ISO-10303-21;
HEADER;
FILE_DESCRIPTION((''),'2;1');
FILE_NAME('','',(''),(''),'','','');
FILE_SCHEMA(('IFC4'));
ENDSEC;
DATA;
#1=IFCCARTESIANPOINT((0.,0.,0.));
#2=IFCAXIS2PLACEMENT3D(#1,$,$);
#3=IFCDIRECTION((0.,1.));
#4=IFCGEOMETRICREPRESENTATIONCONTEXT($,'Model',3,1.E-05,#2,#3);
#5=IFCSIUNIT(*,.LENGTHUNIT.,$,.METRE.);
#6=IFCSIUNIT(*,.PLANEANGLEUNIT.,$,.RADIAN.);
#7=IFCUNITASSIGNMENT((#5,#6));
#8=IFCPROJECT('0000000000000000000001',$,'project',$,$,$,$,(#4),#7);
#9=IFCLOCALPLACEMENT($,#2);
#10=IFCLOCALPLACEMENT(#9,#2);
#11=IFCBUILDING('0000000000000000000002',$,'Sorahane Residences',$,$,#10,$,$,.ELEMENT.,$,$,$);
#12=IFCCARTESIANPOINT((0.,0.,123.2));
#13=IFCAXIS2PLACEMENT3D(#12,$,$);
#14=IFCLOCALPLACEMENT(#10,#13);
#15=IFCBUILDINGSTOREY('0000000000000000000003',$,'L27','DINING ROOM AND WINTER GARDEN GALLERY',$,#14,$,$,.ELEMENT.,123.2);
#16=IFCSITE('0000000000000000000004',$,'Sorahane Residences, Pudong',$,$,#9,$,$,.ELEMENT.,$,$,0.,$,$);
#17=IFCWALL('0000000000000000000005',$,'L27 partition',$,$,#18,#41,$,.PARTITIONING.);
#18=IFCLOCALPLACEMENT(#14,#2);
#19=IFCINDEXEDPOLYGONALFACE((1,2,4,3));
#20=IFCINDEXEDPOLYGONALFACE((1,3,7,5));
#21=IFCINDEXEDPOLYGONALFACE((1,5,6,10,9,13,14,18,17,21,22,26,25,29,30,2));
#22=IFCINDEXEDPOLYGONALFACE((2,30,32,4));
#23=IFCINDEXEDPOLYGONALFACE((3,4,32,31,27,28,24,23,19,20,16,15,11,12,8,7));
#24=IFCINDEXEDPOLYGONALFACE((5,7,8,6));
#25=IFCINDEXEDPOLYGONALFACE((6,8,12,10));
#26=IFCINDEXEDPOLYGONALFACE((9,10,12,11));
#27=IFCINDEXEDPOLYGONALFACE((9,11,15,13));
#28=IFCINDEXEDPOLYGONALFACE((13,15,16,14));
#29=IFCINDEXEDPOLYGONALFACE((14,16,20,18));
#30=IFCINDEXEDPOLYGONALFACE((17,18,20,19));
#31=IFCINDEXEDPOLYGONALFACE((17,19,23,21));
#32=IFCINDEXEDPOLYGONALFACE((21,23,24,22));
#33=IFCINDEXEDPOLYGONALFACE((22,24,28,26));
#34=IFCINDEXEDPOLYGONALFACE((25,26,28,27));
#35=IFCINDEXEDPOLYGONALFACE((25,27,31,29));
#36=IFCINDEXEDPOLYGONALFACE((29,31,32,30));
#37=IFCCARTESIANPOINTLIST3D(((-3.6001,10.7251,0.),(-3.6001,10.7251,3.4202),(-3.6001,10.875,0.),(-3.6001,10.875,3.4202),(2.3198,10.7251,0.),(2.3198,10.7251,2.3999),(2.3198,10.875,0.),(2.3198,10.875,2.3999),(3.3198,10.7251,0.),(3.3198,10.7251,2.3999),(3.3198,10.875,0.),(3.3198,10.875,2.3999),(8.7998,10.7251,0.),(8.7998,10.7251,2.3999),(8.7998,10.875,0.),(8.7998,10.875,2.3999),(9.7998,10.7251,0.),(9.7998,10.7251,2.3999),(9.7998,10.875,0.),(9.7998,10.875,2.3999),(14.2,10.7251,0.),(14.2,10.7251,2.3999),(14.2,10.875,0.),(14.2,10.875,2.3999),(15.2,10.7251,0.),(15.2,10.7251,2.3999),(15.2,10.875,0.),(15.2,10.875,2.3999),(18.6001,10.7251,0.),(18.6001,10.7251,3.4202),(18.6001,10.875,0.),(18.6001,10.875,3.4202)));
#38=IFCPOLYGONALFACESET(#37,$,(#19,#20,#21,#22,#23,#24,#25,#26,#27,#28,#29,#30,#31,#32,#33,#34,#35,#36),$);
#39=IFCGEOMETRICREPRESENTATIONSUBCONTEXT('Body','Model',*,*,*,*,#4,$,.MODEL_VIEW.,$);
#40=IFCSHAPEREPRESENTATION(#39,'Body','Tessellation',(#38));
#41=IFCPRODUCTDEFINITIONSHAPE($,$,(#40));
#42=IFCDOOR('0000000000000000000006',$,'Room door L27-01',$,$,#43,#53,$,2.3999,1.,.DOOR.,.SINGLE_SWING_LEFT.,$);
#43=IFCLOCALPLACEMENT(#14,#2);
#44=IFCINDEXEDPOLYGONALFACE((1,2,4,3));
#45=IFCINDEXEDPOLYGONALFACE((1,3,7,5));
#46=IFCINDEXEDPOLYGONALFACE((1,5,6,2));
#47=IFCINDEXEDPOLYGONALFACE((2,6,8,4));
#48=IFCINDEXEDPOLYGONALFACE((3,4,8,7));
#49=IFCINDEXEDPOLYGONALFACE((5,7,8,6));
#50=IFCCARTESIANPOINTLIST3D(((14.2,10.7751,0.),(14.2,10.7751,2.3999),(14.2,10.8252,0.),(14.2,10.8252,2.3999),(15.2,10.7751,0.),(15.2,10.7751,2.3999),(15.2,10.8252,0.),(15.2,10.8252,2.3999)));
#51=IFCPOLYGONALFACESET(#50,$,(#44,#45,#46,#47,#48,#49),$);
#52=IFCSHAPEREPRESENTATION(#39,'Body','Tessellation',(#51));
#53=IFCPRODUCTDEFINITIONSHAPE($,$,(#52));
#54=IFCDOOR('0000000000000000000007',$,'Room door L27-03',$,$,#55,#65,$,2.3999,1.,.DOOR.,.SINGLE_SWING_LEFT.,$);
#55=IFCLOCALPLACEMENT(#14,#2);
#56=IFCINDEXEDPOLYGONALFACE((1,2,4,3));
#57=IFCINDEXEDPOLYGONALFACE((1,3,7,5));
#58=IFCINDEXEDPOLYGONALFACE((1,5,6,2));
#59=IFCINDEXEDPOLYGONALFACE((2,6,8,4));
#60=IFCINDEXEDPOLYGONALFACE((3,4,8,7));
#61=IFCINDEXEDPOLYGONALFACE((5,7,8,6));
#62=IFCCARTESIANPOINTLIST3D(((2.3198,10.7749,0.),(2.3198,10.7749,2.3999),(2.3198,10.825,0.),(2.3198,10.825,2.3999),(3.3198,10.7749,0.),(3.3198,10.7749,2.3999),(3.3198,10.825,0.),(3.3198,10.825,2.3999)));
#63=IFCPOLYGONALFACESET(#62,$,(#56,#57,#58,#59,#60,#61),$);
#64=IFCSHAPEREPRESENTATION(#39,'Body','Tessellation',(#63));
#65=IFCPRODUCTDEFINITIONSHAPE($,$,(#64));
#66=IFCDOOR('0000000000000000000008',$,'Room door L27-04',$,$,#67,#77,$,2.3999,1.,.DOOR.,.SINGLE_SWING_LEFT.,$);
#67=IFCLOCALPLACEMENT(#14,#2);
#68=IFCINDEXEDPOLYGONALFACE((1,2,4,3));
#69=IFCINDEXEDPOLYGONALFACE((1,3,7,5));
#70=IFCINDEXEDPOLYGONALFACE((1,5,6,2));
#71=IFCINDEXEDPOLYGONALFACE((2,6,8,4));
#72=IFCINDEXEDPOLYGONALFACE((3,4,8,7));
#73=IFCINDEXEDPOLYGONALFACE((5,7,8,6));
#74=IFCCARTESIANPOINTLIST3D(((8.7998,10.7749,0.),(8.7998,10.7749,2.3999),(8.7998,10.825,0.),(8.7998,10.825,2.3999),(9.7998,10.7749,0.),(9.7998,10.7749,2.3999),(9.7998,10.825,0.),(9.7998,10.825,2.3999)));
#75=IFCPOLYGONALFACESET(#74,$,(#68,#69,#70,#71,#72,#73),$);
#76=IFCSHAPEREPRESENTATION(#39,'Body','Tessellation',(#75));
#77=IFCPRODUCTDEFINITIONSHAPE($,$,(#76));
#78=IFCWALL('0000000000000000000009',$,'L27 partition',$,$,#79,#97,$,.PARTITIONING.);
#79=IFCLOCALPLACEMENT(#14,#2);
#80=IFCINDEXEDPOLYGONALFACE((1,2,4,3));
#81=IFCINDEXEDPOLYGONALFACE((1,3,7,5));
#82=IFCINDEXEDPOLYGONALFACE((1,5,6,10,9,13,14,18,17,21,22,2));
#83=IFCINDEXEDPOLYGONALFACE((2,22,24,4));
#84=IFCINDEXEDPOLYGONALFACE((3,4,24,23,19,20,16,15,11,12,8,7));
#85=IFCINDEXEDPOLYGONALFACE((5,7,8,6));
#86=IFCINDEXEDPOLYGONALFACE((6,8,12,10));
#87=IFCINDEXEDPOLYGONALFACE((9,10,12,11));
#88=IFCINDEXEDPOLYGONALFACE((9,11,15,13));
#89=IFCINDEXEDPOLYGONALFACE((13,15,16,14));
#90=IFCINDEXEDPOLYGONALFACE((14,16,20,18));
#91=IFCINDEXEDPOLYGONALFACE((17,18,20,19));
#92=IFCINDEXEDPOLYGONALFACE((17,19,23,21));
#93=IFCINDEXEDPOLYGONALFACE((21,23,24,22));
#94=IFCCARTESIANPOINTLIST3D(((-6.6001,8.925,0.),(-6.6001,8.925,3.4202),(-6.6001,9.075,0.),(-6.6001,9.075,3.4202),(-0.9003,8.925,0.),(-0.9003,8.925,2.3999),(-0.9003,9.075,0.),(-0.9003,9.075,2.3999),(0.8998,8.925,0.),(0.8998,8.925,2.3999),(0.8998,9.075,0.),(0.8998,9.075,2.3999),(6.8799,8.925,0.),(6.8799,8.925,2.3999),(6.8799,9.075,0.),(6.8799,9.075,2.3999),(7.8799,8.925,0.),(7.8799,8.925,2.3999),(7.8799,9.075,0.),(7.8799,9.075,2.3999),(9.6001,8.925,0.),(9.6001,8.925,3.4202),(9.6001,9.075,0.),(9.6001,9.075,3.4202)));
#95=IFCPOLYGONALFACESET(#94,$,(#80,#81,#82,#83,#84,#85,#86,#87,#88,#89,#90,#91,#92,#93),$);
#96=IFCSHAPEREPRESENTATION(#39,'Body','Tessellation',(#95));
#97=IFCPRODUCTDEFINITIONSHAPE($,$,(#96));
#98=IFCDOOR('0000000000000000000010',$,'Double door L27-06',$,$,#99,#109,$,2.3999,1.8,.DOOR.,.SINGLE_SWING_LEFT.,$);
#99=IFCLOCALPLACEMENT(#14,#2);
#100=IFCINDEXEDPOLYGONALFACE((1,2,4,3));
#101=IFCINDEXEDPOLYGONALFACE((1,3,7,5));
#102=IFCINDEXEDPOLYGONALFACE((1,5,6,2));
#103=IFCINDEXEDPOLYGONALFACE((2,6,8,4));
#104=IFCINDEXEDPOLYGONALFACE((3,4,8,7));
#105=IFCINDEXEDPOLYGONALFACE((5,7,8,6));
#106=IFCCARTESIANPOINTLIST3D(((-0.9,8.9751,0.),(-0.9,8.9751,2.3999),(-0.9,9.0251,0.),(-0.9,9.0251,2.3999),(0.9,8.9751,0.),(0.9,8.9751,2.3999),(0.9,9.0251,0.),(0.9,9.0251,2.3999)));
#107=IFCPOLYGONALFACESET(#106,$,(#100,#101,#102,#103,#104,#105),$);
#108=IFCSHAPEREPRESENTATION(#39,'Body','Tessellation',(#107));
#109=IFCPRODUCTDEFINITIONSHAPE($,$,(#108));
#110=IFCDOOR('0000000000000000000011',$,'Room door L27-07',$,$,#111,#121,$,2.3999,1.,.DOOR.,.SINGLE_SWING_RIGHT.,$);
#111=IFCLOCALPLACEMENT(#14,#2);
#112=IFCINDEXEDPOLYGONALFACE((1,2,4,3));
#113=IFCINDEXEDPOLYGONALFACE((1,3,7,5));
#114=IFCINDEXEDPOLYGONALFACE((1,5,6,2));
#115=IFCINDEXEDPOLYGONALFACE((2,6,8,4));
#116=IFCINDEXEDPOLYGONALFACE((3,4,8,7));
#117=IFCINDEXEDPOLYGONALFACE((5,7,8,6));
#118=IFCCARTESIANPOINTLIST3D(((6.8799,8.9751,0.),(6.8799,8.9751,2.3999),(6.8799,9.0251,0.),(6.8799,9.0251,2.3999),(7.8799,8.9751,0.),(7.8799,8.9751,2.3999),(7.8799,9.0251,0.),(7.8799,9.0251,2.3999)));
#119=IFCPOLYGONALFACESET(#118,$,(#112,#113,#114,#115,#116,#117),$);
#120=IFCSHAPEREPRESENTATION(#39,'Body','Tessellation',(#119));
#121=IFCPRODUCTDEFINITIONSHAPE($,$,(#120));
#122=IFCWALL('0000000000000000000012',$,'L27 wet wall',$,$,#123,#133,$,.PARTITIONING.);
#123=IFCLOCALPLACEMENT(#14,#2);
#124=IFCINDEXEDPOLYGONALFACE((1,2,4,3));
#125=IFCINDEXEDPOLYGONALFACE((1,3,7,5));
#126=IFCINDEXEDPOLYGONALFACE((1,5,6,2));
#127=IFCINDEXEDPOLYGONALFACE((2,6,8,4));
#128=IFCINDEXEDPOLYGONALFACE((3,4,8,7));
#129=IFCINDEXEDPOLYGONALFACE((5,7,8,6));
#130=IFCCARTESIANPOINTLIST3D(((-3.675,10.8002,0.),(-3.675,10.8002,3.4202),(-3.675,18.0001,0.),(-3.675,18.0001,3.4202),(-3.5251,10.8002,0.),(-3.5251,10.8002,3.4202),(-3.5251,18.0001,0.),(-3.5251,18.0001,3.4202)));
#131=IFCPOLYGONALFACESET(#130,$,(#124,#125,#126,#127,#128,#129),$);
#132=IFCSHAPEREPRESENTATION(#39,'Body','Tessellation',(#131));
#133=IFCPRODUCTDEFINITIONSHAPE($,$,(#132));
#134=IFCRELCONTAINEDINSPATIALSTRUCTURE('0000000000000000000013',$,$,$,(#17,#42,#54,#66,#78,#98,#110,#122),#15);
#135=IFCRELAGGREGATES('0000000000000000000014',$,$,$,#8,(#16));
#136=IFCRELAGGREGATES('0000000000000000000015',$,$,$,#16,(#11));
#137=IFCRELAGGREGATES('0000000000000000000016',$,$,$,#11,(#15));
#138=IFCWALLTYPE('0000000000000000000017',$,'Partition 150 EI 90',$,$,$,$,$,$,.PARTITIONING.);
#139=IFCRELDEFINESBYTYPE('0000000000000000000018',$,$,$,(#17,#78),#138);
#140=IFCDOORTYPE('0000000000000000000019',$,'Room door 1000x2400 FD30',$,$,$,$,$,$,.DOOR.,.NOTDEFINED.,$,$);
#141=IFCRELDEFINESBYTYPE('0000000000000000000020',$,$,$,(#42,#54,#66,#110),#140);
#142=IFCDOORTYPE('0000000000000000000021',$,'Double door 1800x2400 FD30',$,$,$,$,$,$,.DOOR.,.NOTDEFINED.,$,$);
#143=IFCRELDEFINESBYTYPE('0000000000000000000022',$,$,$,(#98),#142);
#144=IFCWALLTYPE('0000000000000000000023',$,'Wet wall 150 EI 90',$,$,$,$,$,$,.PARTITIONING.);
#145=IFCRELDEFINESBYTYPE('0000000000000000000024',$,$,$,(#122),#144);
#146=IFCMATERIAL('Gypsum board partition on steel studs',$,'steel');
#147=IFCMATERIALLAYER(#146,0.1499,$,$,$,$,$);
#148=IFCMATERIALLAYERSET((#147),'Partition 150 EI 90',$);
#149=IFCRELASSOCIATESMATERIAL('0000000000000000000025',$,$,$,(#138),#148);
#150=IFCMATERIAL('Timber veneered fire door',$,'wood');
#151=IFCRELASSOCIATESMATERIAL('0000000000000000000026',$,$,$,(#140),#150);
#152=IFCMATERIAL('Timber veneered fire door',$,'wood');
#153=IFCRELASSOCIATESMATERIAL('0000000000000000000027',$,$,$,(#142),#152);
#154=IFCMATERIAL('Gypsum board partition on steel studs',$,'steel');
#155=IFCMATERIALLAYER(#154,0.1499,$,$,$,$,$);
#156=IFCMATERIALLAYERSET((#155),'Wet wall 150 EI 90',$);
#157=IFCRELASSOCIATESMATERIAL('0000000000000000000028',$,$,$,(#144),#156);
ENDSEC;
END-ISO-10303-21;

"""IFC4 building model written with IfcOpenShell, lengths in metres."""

from ifc_helpers import new_model, si_unit, direction, frame, frame_2d, origin, place, context, subcontext, project, spatial, rectangle, extrude, material, layer, layer_set, type_object, element, fill, save


model = new_model("IFC4")

# Units and contexts
model_context = context("Model", 3, precision=1e-05, world=origin(), true_north=direction((0.0, 1.0)))
body_context = subcontext(model_context, "Body", "Model", "MODEL_VIEW")
ifc_project = project(units=[si_unit("LENGTHUNIT", "METRE"), si_unit("PLANEANGLEUNIT", "RADIAN")], contexts=[model_context])

# Site, building, storey
site_placement = place(None, origin())
site = spatial("IfcSite", under=ifc_project, at=site_placement, Name="Sorahane Residences, Pudong", CompositionType="ELEMENT", RefElevation=0.0)
building_placement = place(site_placement, origin())
building = spatial("IfcBuilding", under=site, at=building_placement, Name="Sorahane Residences", CompositionType="ELEMENT")
storey_placement = place(building_placement, frame((0.0, 0.0, 123.2)))
storey = spatial("IfcBuildingStorey", under=building, at=storey_placement, Name="L27", Description="DINING ROOM AND WINTER GARDEN GALLERY", CompositionType="ELEMENT", Elevation=123.2)

# Shared definitions
ifc_material_1 = material(Name="Gypsum board partition on steel studs", Category="steel")
ifc_layer_1 = layer(ifc_material_1, 0.1499)
ifc_layer_set_1 = layer_set([ifc_layer_1], Name="Partition 150 EI 90")
wall_type_1 = type_object("IfcWallType", Name="Partition 150 EI 90", PredefinedType="PARTITIONING", material=ifc_layer_set_1)

# Walls, openings, doors
wall_1_placement = place(storey_placement, frame((-3.6001, 10.8, 0.0), z_axis=(0.0, 0.0, 1.0), x_axis=(1.0, 0.0, 0.0)))
wall_1 = element("IfcWall", 1, at=wall_1_placement, inside=storey, type_object=wall_type_1, Name="L27 partition", PredefinedType="PARTITIONING", context=body_context, shape_type="SweptSolid", body=[
    extrude(rectangle(XDim=22.2002, YDim=0.1499, at=frame_2d((11.1001, 0.0))), origin(), (0.0, 0.0, 1.0), 3.4202),
])
opening_1_placement = place(wall_1_placement, frame((17.8, 0.0, 0.0)))
opening_1 = element("IfcOpeningElement", 2, at=opening_1_placement, cuts=wall_1, PredefinedType="OPENING", context=body_context, shape_type="SweptSolid", body=[
    extrude(rectangle(XDim=1.0, YDim=2.3999, at=frame_2d((0.5, 1.2))), frame((0.0, 0.085, 0.0), z_axis=(0.0, -1.0, 0.0), x_axis=(1.0, 0.0, 0.0)), (0.0, 0.0, 1.0), 0.1699),
])
opening_2_placement = place(wall_1_placement, frame((5.9199, 0.0, 0.0)))
opening_2 = element("IfcOpeningElement", 3, at=opening_2_placement, cuts=wall_1, PredefinedType="OPENING", context=body_context, shape_type="SweptSolid", body=[
    extrude(rectangle(XDim=1.0, YDim=2.3999, at=frame_2d((0.5, 1.2))), frame((0.0, 0.085, 0.0), z_axis=(0.0, -1.0, 0.0), x_axis=(1.0, 0.0, 0.0)), (0.0, 0.0, 1.0), 0.1699),
])
opening_3_placement = place(wall_1_placement, frame((12.3999, 0.0, 0.0)))
opening_3 = element("IfcOpeningElement", 4, at=opening_3_placement, cuts=wall_1, PredefinedType="OPENING", context=body_context, shape_type="SweptSolid", body=[
    extrude(rectangle(XDim=1.0, YDim=2.3999, at=frame_2d((0.5, 1.2))), frame((0.0, 0.085, 0.0), z_axis=(0.0, -1.0, 0.0), x_axis=(1.0, 0.0, 0.0)), (0.0, 0.0, 1.0), 0.1699),
])
ifc_material_2 = material(Name="Timber veneered fire door", Category="wood")
door_type_1 = type_object("IfcDoorType", Name="Room door 1000x2400 FD30", OperationType="NOTDEFINED", PredefinedType="DOOR", material=ifc_material_2)
door_1_placement = place(opening_1_placement, frame((1.0, 0.0, 0.0), z_axis=(0.0, 0.0, 1.0), x_axis=(-1.0, 0.0, 0.0)))
door_1 = element("IfcDoor", 5, at=door_1_placement, inside=storey, type_object=door_type_1, Name="Room door L27-01", OperationType="SINGLE_SWING_LEFT", OverallHeight=2.3999, OverallWidth=1.0, PredefinedType="DOOR", context=body_context, shape_type="SweptSolid", body=[
    extrude(rectangle(XDim=1.0, YDim=2.3999, at=frame_2d((0.5, 1.2))), frame((0.0, 0.0249, 0.0), z_axis=(0.0, -1.0, 0.0), x_axis=(1.0, 0.0, 0.0)), (0.0, 0.0, 1.0), 0.05),
])
fill(opening_1, door_1)
door_2_placement = place(opening_2_placement, origin())
door_2 = element("IfcDoor", 6, at=door_2_placement, inside=storey, type_object=door_type_1, Name="Room door L27-03", OperationType="SINGLE_SWING_LEFT", OverallHeight=2.3999, OverallWidth=1.0, PredefinedType="DOOR", context=body_context, shape_type="SweptSolid", body=[
    extrude(rectangle(XDim=1.0, YDim=2.3999, at=frame_2d((0.5, 1.2))), frame((0.0, 0.0249, 0.0), z_axis=(0.0, -1.0, 0.0), x_axis=(1.0, 0.0, 0.0)), (0.0, 0.0, 1.0), 0.05),
])
fill(opening_2, door_2)
door_3_placement = place(opening_3_placement, origin())
door_3 = element("IfcDoor", 7, at=door_3_placement, inside=storey, type_object=door_type_1, Name="Room door L27-04", OperationType="SINGLE_SWING_LEFT", OverallHeight=2.3999, OverallWidth=1.0, PredefinedType="DOOR", context=body_context, shape_type="SweptSolid", body=[
    extrude(rectangle(XDim=1.0, YDim=2.3999, at=frame_2d((0.5, 1.2))), frame((0.0, 0.0249, 0.0), z_axis=(0.0, -1.0, 0.0), x_axis=(1.0, 0.0, 0.0)), (0.0, 0.0, 1.0), 0.05),
])
fill(opening_3, door_3)
wall_2_placement = place(storey_placement, frame((-6.6001, 9.0, 0.0), z_axis=(0.0, 0.0, 1.0), x_axis=(1.0, 0.0, 0.0)))
wall_2 = element("IfcWall", 8, at=wall_2_placement, inside=storey, type_object=wall_type_1, Name="L27 partition", PredefinedType="PARTITIONING", context=body_context, shape_type="SweptSolid", body=[
    extrude(rectangle(XDim=16.2002, YDim=0.1499, at=frame_2d((8.1001, 0.0))), origin(), (0.0, 0.0, 1.0), 3.4202),
])
opening_4_placement = place(wall_2_placement, frame((5.7, 0.0, 0.0)))
opening_4 = element("IfcOpeningElement", 9, at=opening_4_placement, cuts=wall_2, PredefinedType="OPENING", context=body_context, shape_type="SweptSolid", body=[
    extrude(rectangle(XDim=1.8, YDim=2.3999, at=frame_2d((0.8999, 1.2))), frame((0.0, 0.085, 0.0), z_axis=(0.0, -1.0, 0.0), x_axis=(1.0, 0.0, 0.0)), (0.0, 0.0, 1.0), 0.1699),
])
opening_5_placement = place(wall_2_placement, frame((13.48, 0.0, 0.0)))
opening_5 = element("IfcOpeningElement", 10, at=opening_5_placement, cuts=wall_2, PredefinedType="OPENING", context=body_context, shape_type="SweptSolid", body=[
    extrude(rectangle(XDim=1.0, YDim=2.3999, at=frame_2d((0.5, 1.2))), frame((0.0, 0.085, 0.0), z_axis=(0.0, -1.0, 0.0), x_axis=(1.0, 0.0, 0.0)), (0.0, 0.0, 1.0), 0.1699),
])
ifc_material_3 = material(Name="Timber veneered fire door", Category="wood")
door_type_2 = type_object("IfcDoorType", Name="Double door 1800x2400 FD30", OperationType="NOTDEFINED", PredefinedType="DOOR", material=ifc_material_3)
door_4_placement = place(opening_4_placement, frame((1.8, 0.0, 0.0), z_axis=(0.0, 0.0, 1.0), x_axis=(-1.0, 0.0, 0.0)))
door_4 = element("IfcDoor", 11, at=door_4_placement, inside=storey, type_object=door_type_2, Name="Double door L27-06", OperationType="SINGLE_SWING_LEFT", OverallHeight=2.3999, OverallWidth=1.8, PredefinedType="DOOR", context=body_context, shape_type="SweptSolid", body=[
    extrude(rectangle(XDim=1.8, YDim=2.3999, at=frame_2d((0.8999, 1.2))), frame((0.0, 0.0249, 0.0), z_axis=(0.0, -1.0, 0.0), x_axis=(1.0, 0.0, 0.0)), (0.0, 0.0, 1.0), 0.05),
])
fill(opening_4, door_4)
door_5_placement = place(opening_5_placement, frame((1.0, 0.0, 0.0), z_axis=(0.0, 0.0, 1.0), x_axis=(-1.0, 0.0, 0.0)))
door_5 = element("IfcDoor", 12, at=door_5_placement, inside=storey, type_object=door_type_1, Name="Room door L27-07", OperationType="SINGLE_SWING_RIGHT", OverallHeight=2.3999, OverallWidth=1.0, PredefinedType="DOOR", context=body_context, shape_type="SweptSolid", body=[
    extrude(rectangle(XDim=1.0, YDim=2.3999, at=frame_2d((0.5, 1.2))), frame((0.0, 0.0249, 0.0), z_axis=(0.0, -1.0, 0.0), x_axis=(1.0, 0.0, 0.0)), (0.0, 0.0, 1.0), 0.05),
])
fill(opening_5, door_5)

# Wall
ifc_material_4 = material(Name="Gypsum board partition on steel studs", Category="steel")
ifc_layer_2 = layer(ifc_material_4, 0.1499)
ifc_layer_set_2 = layer_set([ifc_layer_2], Name="Wet wall 150 EI 90")
wall_type_2 = type_object("IfcWallType", Name="Wet wall 150 EI 90", PredefinedType="PARTITIONING", material=ifc_layer_set_2)
wall_3_placement = place(storey_placement, frame((-3.6001, 10.8, 0.0), z_axis=(0.0, 0.0, 1.0), x_axis=(0.0, 1.0, 0.0)))
element("IfcWall", 13, at=wall_3_placement, inside=storey, type_object=wall_type_2, Name="L27 wet wall", PredefinedType="PARTITIONING", context=body_context, shape_type="SweptSolid", body=[
    extrude(rectangle(XDim=7.2, YDim=0.1499, at=frame_2d((3.6001, 0.0))), origin(), (0.0, 0.0, 1.0), 3.4202),
])

save(model, "model.ifc")
